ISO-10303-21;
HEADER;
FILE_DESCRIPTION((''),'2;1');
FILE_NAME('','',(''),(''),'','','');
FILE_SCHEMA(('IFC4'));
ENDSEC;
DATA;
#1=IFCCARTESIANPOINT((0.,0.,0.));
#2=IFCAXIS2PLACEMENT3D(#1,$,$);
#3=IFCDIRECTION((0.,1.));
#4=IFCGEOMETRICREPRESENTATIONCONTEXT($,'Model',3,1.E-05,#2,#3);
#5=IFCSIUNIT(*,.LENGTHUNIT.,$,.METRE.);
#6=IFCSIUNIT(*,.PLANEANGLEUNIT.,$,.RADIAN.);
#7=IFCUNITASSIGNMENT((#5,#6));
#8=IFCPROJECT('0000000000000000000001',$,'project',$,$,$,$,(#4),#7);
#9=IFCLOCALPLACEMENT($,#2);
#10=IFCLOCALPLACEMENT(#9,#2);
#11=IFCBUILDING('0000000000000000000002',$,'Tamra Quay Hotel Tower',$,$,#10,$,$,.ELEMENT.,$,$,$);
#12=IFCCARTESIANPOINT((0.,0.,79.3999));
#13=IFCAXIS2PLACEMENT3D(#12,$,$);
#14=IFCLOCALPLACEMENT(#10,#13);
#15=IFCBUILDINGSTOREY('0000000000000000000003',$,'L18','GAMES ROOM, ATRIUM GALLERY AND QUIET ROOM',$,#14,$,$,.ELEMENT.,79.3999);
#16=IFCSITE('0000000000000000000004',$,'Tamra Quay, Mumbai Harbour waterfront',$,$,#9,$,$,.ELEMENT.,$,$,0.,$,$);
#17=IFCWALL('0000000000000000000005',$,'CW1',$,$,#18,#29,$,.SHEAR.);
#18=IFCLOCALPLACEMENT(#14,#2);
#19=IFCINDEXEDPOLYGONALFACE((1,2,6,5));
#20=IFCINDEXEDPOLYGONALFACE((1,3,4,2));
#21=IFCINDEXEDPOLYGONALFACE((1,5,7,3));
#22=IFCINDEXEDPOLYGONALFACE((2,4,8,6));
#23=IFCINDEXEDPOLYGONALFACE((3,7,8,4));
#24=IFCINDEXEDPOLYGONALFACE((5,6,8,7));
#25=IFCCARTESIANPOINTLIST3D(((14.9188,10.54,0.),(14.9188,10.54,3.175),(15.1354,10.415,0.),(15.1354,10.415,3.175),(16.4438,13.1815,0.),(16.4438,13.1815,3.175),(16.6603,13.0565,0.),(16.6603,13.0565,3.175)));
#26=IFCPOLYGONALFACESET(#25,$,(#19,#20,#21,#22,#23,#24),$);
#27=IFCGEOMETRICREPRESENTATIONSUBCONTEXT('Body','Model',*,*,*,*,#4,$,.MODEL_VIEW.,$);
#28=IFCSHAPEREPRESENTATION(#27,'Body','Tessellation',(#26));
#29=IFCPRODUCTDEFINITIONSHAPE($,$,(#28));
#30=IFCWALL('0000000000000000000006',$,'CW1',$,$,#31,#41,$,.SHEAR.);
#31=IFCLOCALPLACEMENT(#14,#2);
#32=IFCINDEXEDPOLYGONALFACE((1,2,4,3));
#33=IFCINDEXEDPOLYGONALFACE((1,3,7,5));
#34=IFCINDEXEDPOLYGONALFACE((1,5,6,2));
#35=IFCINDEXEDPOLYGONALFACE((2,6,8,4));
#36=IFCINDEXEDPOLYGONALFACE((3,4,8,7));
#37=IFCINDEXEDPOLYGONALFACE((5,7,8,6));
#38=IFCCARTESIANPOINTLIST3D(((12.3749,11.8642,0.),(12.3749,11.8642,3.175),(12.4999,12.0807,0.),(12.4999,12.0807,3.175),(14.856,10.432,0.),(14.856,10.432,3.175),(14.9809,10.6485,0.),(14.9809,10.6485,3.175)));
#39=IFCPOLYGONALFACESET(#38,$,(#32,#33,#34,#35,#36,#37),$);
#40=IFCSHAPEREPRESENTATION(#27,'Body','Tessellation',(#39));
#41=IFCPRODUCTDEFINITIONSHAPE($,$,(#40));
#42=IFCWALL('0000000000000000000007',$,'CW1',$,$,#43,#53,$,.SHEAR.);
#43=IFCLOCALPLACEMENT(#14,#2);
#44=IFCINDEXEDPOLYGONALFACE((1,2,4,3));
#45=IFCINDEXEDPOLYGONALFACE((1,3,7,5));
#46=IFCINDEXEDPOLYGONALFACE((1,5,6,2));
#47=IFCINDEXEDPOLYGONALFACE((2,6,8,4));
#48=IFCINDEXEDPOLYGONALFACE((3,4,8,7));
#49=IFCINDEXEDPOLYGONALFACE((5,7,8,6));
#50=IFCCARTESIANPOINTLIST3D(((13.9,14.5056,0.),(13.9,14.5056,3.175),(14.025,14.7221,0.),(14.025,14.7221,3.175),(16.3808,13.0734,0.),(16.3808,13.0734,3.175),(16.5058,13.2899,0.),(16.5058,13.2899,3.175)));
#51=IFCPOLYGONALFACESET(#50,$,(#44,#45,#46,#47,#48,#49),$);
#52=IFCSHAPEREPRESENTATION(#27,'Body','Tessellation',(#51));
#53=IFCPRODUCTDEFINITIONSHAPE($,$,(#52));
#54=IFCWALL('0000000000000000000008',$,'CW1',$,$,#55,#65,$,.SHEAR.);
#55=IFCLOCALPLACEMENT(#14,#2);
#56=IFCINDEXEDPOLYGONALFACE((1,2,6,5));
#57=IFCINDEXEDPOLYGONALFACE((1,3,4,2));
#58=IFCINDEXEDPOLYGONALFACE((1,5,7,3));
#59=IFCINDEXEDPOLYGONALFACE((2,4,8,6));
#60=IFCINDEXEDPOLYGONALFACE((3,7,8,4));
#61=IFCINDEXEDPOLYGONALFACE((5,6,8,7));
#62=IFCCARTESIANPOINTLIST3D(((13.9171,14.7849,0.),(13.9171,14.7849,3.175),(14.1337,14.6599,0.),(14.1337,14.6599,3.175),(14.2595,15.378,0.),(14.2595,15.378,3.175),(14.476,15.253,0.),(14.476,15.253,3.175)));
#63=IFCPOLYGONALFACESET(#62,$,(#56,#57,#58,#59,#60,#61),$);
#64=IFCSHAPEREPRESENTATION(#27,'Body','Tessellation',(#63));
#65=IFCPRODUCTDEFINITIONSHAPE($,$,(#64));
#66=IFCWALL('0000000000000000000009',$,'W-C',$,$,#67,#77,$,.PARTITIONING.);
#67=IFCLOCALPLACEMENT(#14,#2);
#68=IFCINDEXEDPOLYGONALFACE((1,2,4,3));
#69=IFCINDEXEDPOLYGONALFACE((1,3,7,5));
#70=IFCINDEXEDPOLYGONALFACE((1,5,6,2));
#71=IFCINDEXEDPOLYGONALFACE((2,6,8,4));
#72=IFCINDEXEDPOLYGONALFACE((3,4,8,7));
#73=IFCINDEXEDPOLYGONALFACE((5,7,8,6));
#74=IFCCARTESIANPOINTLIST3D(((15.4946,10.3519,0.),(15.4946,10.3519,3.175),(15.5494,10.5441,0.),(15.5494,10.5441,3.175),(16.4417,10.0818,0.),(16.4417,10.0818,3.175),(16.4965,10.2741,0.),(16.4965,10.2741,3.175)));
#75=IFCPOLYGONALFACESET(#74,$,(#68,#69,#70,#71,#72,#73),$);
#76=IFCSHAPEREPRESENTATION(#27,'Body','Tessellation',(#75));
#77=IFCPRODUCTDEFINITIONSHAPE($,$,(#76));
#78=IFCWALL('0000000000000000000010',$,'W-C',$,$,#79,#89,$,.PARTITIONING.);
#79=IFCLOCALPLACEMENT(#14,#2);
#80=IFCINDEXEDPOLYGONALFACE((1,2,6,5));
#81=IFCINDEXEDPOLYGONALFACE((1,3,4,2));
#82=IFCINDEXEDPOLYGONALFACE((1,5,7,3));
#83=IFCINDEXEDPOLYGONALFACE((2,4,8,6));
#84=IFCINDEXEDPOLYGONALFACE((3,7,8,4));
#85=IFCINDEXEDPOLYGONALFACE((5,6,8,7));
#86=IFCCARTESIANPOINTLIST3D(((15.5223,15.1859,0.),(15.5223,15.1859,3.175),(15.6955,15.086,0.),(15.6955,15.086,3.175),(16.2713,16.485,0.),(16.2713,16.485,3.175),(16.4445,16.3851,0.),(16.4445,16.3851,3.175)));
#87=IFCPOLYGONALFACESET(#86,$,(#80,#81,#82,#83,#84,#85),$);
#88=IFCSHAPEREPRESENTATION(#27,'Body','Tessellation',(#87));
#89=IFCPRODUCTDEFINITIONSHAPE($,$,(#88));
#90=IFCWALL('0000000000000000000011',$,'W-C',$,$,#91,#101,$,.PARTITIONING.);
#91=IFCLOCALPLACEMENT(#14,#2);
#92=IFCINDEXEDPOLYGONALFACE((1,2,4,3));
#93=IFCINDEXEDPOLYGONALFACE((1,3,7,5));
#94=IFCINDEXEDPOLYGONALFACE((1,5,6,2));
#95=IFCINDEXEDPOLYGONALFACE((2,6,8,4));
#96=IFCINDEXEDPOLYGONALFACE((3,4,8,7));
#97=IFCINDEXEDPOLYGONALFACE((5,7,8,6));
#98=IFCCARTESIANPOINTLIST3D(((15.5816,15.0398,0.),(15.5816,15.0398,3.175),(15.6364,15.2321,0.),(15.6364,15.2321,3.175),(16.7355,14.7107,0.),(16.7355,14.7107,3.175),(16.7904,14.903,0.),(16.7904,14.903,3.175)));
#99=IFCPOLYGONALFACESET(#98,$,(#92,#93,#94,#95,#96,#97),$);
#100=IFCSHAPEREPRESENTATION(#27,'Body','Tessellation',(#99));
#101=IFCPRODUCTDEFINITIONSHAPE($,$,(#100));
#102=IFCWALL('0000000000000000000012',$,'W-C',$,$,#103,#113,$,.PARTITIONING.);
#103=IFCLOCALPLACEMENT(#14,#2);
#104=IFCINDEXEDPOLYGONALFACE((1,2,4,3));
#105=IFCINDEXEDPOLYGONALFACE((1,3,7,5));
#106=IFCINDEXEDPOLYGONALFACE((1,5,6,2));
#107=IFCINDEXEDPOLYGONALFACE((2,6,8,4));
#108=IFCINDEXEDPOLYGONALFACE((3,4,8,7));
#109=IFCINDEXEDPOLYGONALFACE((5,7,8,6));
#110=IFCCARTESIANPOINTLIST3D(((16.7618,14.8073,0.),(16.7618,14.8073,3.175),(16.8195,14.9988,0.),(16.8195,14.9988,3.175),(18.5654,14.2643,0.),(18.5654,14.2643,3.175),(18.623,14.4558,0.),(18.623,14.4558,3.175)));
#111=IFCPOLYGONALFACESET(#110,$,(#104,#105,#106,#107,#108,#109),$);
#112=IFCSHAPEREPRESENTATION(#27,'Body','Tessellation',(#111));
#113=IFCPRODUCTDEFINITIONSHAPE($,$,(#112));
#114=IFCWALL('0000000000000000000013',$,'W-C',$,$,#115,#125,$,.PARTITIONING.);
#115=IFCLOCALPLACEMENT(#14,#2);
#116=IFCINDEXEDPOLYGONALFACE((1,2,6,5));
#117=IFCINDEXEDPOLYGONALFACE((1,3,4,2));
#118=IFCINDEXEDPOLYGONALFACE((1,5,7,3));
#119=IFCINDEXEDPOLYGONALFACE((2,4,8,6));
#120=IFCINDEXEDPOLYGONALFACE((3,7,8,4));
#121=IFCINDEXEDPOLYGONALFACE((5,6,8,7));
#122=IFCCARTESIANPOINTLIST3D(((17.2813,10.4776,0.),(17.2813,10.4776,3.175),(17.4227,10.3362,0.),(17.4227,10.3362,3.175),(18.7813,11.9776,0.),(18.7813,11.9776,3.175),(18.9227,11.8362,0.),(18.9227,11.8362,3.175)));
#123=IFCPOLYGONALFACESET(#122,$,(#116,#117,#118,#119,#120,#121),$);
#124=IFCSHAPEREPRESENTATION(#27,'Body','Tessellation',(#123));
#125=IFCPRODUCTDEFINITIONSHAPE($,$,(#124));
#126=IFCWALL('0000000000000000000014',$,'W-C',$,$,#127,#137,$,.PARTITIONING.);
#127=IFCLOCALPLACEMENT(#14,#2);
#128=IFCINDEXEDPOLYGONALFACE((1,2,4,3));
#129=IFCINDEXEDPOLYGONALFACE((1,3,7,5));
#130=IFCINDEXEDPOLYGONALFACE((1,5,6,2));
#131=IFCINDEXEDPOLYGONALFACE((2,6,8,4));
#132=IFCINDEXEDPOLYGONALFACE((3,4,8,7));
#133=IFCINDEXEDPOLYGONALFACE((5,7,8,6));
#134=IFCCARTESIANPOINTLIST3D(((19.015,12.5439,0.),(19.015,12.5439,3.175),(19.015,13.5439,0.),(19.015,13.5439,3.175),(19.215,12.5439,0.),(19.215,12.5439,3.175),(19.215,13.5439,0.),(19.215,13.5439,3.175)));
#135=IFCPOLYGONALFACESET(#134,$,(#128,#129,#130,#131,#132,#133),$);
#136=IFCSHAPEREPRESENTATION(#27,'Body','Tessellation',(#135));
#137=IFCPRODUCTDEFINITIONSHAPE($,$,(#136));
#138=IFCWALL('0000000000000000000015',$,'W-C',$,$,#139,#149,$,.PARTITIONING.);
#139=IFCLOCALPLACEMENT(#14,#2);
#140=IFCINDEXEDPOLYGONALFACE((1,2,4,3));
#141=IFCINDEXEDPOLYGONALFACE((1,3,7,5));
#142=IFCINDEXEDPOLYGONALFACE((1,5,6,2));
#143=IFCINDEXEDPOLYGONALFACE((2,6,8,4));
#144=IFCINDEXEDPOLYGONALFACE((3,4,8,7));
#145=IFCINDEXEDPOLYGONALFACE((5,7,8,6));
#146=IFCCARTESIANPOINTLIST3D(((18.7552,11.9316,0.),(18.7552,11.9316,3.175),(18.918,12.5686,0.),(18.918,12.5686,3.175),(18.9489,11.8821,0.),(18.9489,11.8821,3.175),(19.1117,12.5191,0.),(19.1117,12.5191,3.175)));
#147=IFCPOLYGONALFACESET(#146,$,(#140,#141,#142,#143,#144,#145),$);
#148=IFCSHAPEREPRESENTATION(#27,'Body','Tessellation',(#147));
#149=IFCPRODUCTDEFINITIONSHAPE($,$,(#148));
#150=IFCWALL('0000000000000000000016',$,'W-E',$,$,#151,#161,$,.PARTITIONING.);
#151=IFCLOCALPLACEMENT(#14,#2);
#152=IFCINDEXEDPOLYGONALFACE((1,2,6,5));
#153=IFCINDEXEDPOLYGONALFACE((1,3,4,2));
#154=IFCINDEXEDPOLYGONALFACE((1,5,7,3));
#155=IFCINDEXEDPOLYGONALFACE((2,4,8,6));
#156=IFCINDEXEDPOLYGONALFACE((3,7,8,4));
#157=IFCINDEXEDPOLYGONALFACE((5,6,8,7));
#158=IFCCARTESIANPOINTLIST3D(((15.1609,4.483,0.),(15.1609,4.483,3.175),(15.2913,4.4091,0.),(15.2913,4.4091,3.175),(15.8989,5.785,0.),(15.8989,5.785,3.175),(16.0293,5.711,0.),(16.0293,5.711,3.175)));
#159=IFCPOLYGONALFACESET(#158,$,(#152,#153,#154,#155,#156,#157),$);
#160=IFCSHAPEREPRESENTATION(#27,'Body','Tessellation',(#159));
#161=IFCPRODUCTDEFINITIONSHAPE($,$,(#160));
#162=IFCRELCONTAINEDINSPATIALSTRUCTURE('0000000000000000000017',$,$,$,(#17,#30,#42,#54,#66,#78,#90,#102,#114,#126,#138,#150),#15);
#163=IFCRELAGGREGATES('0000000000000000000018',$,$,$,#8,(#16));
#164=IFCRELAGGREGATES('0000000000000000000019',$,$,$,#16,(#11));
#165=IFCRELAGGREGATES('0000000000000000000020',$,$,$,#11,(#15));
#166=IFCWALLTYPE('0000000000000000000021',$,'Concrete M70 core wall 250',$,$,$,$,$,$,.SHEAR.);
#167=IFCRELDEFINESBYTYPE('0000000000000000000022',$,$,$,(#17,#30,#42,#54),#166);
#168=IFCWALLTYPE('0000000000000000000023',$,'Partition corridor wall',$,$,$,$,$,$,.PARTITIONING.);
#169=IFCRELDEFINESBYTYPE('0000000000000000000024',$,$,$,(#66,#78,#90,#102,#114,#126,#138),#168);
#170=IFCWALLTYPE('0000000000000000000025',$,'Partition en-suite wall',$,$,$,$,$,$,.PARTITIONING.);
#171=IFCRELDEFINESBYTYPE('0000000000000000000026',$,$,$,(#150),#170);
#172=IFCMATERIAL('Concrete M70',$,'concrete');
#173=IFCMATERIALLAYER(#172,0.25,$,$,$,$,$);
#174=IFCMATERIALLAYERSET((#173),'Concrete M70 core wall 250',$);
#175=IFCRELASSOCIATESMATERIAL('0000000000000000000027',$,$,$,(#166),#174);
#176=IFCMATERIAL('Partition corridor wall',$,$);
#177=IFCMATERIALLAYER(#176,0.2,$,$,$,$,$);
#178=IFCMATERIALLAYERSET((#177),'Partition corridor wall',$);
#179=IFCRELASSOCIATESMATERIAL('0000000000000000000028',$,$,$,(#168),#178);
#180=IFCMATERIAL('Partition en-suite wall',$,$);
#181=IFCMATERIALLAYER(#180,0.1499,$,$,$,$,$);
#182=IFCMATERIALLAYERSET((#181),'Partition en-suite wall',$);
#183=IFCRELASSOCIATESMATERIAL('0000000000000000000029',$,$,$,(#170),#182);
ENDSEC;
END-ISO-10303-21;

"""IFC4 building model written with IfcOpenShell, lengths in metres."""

from ifc_helpers import new_model, si_unit, direction, frame, frame_2d, origin, place, context, subcontext, project, spatial, rectangle, extrude, material, layer, layer_set, type_object, element, save


model = new_model("IFC4")

# Units and contexts
model_context = context("Model", 3, precision=1e-05, world=origin(), true_north=direction((0.0, 1.0)))
body_context = subcontext(model_context, "Body", "Model", "MODEL_VIEW")
ifc_project = project(units=[si_unit("LENGTHUNIT", "METRE"), si_unit("PLANEANGLEUNIT", "RADIAN")], contexts=[model_context])

# Site, building, storey
site_placement = place(None, origin())
site = spatial("IfcSite", under=ifc_project, at=site_placement, Name="Tamra Quay, Mumbai Harbour waterfront", CompositionType="ELEMENT", RefElevation=0.0)
building_placement = place(site_placement, origin())
building = spatial("IfcBuilding", under=site, at=building_placement, Name="Tamra Quay Hotel Tower", CompositionType="ELEMENT")
storey_placement = place(building_placement, frame((0.0, 0.0, 79.3999)))
storey = spatial("IfcBuildingStorey", under=building, at=storey_placement, Name="L18", Description="GAMES ROOM, ATRIUM GALLERY AND QUIET ROOM", CompositionType="ELEMENT", Elevation=79.3999)

# Shared definitions
ifc_material_1 = material(Name="Concrete M70", Category="concrete")

# Walls
ifc_layer_1 = layer(ifc_material_1, 0.25)
ifc_layer_set_1 = layer_set([ifc_layer_1], Name="Concrete M70 core wall 250")
wall_type_1 = type_object("IfcWallType", Name="Concrete M70 core wall 250", PredefinedType="SHEAR", material=ifc_layer_set_1)
wall_1_placement = place(storey_placement, frame((16.552, 13.1189, 0.0), z_axis=(0.0, 0.0, 1.0), x_axis=(-0.499979, -0.866038, 0.0)))
element("IfcWall", 1, at=wall_1_placement, inside=storey, type_object=wall_type_1, Name="CW1", PredefinedType="SHEAR", context=body_context, shape_type="SweptSolid", body=[
    extrude(rectangle(XDim=3.05, YDim=0.25, at=frame_2d((1.5249, 0.0))), origin(), (0.0, 0.0, 1.0), 3.175),
])
wall_2_placement = place(storey_placement, frame((14.9185, 10.5403, 0.0), z_axis=(0.0, 0.0, 1.0), x_axis=(-0.866064, 0.499934, 0.0)))
element("IfcWall", 2, at=wall_2_placement, inside=storey, type_object=wall_type_1, Name="CW1", PredefinedType="SHEAR", context=body_context, shape_type="SweptSolid", body=[
    extrude(rectangle(XDim=2.8647, YDim=0.25, at=frame_2d((1.4324, 0.0))), origin(), (0.0, 0.0, 1.0), 3.175),
])
wall_3_placement = place(storey_placement, frame((13.9626, 14.6138, 0.0), z_axis=(0.0, 0.0, 1.0), x_axis=(0.866042, -0.499971, 0.0)))
element("IfcWall", 3, at=wall_3_placement, inside=storey, type_object=wall_type_1, Name="CW1", PredefinedType="SHEAR", context=body_context, shape_type="SweptSolid", body=[
    extrude(rectangle(XDim=2.8645, YDim=0.25, at=frame_2d((1.4321, 0.0))), origin(), (0.0, 0.0, 1.0), 3.175),
])
wall_4_placement = place(storey_placement, frame((14.3677, 15.3154, 0.0), z_axis=(0.0, 0.0, 1.0), x_axis=(-0.499897, -0.866085, 0.0)))
element("IfcWall", 4, at=wall_4_placement, inside=storey, type_object=wall_type_1, Name="CW1", PredefinedType="SHEAR", context=body_context, shape_type="SweptSolid", body=[
    extrude(rectangle(XDim=0.6848, YDim=0.25, at=frame_2d((0.3423, 0.0))), origin(), (0.0, 0.0, 1.0), 3.175),
])
ifc_material_2 = material(Name="Partition corridor wall")
ifc_layer_2 = layer(ifc_material_2, 0.2)
ifc_layer_set_2 = layer_set([ifc_layer_2], Name="Partition corridor wall")
wall_type_2 = type_object("IfcWallType", Name="Partition corridor wall", PredefinedType="PARTITIONING", material=ifc_layer_set_2)
wall_5_placement = place(storey_placement, frame((15.522, 10.448, 0.0), z_axis=(0.0, 0.0, 1.0), x_axis=(0.961673, -0.274197, 0.0)))
element("IfcWall", 5, at=wall_5_placement, inside=storey, type_object=wall_type_2, Name="W-C", PredefinedType="PARTITIONING", context=body_context, shape_type="SweptSolid", body=[
    extrude(rectangle(XDim=0.9849, YDim=0.2, at=frame_2d((0.4924, 0.0))), origin(), (0.0, 0.0, 1.0), 3.175),
])
wall_6_placement = place(storey_placement, frame((15.6089, 15.136, 0.0), z_axis=(0.0, 0.0, 1.0), x_axis=(0.499502, 0.866313, 0.0)))
element("IfcWall", 6, at=wall_6_placement, inside=storey, type_object=wall_type_2, Name="W-C", PredefinedType="PARTITIONING", context=body_context, shape_type="SweptSolid", body=[
    extrude(rectangle(XDim=1.4995, YDim=0.2, at=frame_2d((0.7498, 0.0))), origin(), (0.0, 0.0, 1.0), 3.175),
])
wall_7_placement = place(storey_placement, frame((15.6089, 15.136, 0.0), z_axis=(0.0, 0.0, 1.0), x_axis=(0.961662, -0.274237, 0.0)))
element("IfcWall", 7, at=wall_7_placement, inside=storey, type_object=wall_type_2, Name="W-C", PredefinedType="PARTITIONING", context=body_context, shape_type="SweptSolid", body=[
    extrude(rectangle(XDim=1.2, YDim=0.2, at=frame_2d((0.6001, 0.0))), origin(), (0.0, 0.0, 1.0), 3.175),
])
wall_8_placement = place(storey_placement, frame((16.7905, 14.9031, 0.0), z_axis=(0.0, 0.0, 1.0), x_axis=(0.957544, -0.288287, 0.0)))
element("IfcWall", 8, at=wall_8_placement, inside=storey, type_object=wall_type_2, Name="W-C", PredefinedType="PARTITIONING", context=body_context, shape_type="SweptSolid", body=[
    extrude(rectangle(XDim=1.8835, YDim=0.2, at=frame_2d((0.9419, 0.0))), origin(), (0.0, 0.0, 1.0), 3.175),
])
wall_9_placement = place(storey_placement, frame((17.3521, 10.407, 0.0), z_axis=(0.0, 0.0, 1.0), x_axis=(0.707107, 0.707107, 0.0)))
element("IfcWall", 9, at=wall_9_placement, inside=storey, type_object=wall_type_2, Name="W-C", PredefinedType="PARTITIONING", context=body_context, shape_type="SweptSolid", body=[
    extrude(rectangle(XDim=2.1213, YDim=0.2, at=frame_2d((1.0605, 0.0))), origin(), (0.0, 0.0, 1.0), 3.175),
])
wall_10_placement = place(storey_placement, frame((19.115, 12.5439, 0.0), z_axis=(0.0, 0.0, 1.0), x_axis=(0.0, 1.0, 0.0)))
element("IfcWall", 10, at=wall_10_placement, inside=storey, type_object=wall_type_2, Name="W-C", PredefinedType="PARTITIONING", context=body_context, shape_type="SweptSolid", body=[
    extrude(rectangle(XDim=1.0, YDim=0.2, at=frame_2d((0.5, 0.0))), origin(), (0.0, 0.0, 1.0), 3.175),
])
wall_11_placement = place(storey_placement, frame((18.8521, 11.907, 0.0), z_axis=(0.0, 0.0, 1.0), x_axis=(0.247687, 0.96884, 0.0)))
element("IfcWall", 11, at=wall_11_placement, inside=storey, type_object=wall_type_2, Name="W-C", PredefinedType="PARTITIONING", context=body_context, shape_type="SweptSolid", body=[
    extrude(rectangle(XDim=0.6575, YDim=0.2, at=frame_2d((0.3286, 0.0))), origin(), (0.0, 0.0, 1.0), 3.175),
])
ifc_material_3 = material(Name="Partition en-suite wall")
ifc_layer_3 = layer(ifc_material_3, 0.1499)
ifc_layer_set_3 = layer_set([ifc_layer_3], Name="Partition en-suite wall")
wall_type_3 = type_object("IfcWallType", Name="Partition en-suite wall", PredefinedType="PARTITIONING", material=ifc_layer_set_3)
wall_12_placement = place(storey_placement, frame((15.2261, 4.446, 0.0), z_axis=(0.0, 0.0, 1.0), x_axis=(0.493132, 0.869955, 0.0)))
element("IfcWall", 12, at=wall_12_placement, inside=storey, type_object=wall_type_3, Name="W-E", PredefinedType="PARTITIONING", context=body_context, shape_type="SweptSolid", body=[
    extrude(rectangle(XDim=1.4966, YDim=0.1499, at=frame_2d((0.7483, 0.0))), origin(), (0.0, 0.0, 1.0), 3.175),
])

save(model, "model.ifc")
